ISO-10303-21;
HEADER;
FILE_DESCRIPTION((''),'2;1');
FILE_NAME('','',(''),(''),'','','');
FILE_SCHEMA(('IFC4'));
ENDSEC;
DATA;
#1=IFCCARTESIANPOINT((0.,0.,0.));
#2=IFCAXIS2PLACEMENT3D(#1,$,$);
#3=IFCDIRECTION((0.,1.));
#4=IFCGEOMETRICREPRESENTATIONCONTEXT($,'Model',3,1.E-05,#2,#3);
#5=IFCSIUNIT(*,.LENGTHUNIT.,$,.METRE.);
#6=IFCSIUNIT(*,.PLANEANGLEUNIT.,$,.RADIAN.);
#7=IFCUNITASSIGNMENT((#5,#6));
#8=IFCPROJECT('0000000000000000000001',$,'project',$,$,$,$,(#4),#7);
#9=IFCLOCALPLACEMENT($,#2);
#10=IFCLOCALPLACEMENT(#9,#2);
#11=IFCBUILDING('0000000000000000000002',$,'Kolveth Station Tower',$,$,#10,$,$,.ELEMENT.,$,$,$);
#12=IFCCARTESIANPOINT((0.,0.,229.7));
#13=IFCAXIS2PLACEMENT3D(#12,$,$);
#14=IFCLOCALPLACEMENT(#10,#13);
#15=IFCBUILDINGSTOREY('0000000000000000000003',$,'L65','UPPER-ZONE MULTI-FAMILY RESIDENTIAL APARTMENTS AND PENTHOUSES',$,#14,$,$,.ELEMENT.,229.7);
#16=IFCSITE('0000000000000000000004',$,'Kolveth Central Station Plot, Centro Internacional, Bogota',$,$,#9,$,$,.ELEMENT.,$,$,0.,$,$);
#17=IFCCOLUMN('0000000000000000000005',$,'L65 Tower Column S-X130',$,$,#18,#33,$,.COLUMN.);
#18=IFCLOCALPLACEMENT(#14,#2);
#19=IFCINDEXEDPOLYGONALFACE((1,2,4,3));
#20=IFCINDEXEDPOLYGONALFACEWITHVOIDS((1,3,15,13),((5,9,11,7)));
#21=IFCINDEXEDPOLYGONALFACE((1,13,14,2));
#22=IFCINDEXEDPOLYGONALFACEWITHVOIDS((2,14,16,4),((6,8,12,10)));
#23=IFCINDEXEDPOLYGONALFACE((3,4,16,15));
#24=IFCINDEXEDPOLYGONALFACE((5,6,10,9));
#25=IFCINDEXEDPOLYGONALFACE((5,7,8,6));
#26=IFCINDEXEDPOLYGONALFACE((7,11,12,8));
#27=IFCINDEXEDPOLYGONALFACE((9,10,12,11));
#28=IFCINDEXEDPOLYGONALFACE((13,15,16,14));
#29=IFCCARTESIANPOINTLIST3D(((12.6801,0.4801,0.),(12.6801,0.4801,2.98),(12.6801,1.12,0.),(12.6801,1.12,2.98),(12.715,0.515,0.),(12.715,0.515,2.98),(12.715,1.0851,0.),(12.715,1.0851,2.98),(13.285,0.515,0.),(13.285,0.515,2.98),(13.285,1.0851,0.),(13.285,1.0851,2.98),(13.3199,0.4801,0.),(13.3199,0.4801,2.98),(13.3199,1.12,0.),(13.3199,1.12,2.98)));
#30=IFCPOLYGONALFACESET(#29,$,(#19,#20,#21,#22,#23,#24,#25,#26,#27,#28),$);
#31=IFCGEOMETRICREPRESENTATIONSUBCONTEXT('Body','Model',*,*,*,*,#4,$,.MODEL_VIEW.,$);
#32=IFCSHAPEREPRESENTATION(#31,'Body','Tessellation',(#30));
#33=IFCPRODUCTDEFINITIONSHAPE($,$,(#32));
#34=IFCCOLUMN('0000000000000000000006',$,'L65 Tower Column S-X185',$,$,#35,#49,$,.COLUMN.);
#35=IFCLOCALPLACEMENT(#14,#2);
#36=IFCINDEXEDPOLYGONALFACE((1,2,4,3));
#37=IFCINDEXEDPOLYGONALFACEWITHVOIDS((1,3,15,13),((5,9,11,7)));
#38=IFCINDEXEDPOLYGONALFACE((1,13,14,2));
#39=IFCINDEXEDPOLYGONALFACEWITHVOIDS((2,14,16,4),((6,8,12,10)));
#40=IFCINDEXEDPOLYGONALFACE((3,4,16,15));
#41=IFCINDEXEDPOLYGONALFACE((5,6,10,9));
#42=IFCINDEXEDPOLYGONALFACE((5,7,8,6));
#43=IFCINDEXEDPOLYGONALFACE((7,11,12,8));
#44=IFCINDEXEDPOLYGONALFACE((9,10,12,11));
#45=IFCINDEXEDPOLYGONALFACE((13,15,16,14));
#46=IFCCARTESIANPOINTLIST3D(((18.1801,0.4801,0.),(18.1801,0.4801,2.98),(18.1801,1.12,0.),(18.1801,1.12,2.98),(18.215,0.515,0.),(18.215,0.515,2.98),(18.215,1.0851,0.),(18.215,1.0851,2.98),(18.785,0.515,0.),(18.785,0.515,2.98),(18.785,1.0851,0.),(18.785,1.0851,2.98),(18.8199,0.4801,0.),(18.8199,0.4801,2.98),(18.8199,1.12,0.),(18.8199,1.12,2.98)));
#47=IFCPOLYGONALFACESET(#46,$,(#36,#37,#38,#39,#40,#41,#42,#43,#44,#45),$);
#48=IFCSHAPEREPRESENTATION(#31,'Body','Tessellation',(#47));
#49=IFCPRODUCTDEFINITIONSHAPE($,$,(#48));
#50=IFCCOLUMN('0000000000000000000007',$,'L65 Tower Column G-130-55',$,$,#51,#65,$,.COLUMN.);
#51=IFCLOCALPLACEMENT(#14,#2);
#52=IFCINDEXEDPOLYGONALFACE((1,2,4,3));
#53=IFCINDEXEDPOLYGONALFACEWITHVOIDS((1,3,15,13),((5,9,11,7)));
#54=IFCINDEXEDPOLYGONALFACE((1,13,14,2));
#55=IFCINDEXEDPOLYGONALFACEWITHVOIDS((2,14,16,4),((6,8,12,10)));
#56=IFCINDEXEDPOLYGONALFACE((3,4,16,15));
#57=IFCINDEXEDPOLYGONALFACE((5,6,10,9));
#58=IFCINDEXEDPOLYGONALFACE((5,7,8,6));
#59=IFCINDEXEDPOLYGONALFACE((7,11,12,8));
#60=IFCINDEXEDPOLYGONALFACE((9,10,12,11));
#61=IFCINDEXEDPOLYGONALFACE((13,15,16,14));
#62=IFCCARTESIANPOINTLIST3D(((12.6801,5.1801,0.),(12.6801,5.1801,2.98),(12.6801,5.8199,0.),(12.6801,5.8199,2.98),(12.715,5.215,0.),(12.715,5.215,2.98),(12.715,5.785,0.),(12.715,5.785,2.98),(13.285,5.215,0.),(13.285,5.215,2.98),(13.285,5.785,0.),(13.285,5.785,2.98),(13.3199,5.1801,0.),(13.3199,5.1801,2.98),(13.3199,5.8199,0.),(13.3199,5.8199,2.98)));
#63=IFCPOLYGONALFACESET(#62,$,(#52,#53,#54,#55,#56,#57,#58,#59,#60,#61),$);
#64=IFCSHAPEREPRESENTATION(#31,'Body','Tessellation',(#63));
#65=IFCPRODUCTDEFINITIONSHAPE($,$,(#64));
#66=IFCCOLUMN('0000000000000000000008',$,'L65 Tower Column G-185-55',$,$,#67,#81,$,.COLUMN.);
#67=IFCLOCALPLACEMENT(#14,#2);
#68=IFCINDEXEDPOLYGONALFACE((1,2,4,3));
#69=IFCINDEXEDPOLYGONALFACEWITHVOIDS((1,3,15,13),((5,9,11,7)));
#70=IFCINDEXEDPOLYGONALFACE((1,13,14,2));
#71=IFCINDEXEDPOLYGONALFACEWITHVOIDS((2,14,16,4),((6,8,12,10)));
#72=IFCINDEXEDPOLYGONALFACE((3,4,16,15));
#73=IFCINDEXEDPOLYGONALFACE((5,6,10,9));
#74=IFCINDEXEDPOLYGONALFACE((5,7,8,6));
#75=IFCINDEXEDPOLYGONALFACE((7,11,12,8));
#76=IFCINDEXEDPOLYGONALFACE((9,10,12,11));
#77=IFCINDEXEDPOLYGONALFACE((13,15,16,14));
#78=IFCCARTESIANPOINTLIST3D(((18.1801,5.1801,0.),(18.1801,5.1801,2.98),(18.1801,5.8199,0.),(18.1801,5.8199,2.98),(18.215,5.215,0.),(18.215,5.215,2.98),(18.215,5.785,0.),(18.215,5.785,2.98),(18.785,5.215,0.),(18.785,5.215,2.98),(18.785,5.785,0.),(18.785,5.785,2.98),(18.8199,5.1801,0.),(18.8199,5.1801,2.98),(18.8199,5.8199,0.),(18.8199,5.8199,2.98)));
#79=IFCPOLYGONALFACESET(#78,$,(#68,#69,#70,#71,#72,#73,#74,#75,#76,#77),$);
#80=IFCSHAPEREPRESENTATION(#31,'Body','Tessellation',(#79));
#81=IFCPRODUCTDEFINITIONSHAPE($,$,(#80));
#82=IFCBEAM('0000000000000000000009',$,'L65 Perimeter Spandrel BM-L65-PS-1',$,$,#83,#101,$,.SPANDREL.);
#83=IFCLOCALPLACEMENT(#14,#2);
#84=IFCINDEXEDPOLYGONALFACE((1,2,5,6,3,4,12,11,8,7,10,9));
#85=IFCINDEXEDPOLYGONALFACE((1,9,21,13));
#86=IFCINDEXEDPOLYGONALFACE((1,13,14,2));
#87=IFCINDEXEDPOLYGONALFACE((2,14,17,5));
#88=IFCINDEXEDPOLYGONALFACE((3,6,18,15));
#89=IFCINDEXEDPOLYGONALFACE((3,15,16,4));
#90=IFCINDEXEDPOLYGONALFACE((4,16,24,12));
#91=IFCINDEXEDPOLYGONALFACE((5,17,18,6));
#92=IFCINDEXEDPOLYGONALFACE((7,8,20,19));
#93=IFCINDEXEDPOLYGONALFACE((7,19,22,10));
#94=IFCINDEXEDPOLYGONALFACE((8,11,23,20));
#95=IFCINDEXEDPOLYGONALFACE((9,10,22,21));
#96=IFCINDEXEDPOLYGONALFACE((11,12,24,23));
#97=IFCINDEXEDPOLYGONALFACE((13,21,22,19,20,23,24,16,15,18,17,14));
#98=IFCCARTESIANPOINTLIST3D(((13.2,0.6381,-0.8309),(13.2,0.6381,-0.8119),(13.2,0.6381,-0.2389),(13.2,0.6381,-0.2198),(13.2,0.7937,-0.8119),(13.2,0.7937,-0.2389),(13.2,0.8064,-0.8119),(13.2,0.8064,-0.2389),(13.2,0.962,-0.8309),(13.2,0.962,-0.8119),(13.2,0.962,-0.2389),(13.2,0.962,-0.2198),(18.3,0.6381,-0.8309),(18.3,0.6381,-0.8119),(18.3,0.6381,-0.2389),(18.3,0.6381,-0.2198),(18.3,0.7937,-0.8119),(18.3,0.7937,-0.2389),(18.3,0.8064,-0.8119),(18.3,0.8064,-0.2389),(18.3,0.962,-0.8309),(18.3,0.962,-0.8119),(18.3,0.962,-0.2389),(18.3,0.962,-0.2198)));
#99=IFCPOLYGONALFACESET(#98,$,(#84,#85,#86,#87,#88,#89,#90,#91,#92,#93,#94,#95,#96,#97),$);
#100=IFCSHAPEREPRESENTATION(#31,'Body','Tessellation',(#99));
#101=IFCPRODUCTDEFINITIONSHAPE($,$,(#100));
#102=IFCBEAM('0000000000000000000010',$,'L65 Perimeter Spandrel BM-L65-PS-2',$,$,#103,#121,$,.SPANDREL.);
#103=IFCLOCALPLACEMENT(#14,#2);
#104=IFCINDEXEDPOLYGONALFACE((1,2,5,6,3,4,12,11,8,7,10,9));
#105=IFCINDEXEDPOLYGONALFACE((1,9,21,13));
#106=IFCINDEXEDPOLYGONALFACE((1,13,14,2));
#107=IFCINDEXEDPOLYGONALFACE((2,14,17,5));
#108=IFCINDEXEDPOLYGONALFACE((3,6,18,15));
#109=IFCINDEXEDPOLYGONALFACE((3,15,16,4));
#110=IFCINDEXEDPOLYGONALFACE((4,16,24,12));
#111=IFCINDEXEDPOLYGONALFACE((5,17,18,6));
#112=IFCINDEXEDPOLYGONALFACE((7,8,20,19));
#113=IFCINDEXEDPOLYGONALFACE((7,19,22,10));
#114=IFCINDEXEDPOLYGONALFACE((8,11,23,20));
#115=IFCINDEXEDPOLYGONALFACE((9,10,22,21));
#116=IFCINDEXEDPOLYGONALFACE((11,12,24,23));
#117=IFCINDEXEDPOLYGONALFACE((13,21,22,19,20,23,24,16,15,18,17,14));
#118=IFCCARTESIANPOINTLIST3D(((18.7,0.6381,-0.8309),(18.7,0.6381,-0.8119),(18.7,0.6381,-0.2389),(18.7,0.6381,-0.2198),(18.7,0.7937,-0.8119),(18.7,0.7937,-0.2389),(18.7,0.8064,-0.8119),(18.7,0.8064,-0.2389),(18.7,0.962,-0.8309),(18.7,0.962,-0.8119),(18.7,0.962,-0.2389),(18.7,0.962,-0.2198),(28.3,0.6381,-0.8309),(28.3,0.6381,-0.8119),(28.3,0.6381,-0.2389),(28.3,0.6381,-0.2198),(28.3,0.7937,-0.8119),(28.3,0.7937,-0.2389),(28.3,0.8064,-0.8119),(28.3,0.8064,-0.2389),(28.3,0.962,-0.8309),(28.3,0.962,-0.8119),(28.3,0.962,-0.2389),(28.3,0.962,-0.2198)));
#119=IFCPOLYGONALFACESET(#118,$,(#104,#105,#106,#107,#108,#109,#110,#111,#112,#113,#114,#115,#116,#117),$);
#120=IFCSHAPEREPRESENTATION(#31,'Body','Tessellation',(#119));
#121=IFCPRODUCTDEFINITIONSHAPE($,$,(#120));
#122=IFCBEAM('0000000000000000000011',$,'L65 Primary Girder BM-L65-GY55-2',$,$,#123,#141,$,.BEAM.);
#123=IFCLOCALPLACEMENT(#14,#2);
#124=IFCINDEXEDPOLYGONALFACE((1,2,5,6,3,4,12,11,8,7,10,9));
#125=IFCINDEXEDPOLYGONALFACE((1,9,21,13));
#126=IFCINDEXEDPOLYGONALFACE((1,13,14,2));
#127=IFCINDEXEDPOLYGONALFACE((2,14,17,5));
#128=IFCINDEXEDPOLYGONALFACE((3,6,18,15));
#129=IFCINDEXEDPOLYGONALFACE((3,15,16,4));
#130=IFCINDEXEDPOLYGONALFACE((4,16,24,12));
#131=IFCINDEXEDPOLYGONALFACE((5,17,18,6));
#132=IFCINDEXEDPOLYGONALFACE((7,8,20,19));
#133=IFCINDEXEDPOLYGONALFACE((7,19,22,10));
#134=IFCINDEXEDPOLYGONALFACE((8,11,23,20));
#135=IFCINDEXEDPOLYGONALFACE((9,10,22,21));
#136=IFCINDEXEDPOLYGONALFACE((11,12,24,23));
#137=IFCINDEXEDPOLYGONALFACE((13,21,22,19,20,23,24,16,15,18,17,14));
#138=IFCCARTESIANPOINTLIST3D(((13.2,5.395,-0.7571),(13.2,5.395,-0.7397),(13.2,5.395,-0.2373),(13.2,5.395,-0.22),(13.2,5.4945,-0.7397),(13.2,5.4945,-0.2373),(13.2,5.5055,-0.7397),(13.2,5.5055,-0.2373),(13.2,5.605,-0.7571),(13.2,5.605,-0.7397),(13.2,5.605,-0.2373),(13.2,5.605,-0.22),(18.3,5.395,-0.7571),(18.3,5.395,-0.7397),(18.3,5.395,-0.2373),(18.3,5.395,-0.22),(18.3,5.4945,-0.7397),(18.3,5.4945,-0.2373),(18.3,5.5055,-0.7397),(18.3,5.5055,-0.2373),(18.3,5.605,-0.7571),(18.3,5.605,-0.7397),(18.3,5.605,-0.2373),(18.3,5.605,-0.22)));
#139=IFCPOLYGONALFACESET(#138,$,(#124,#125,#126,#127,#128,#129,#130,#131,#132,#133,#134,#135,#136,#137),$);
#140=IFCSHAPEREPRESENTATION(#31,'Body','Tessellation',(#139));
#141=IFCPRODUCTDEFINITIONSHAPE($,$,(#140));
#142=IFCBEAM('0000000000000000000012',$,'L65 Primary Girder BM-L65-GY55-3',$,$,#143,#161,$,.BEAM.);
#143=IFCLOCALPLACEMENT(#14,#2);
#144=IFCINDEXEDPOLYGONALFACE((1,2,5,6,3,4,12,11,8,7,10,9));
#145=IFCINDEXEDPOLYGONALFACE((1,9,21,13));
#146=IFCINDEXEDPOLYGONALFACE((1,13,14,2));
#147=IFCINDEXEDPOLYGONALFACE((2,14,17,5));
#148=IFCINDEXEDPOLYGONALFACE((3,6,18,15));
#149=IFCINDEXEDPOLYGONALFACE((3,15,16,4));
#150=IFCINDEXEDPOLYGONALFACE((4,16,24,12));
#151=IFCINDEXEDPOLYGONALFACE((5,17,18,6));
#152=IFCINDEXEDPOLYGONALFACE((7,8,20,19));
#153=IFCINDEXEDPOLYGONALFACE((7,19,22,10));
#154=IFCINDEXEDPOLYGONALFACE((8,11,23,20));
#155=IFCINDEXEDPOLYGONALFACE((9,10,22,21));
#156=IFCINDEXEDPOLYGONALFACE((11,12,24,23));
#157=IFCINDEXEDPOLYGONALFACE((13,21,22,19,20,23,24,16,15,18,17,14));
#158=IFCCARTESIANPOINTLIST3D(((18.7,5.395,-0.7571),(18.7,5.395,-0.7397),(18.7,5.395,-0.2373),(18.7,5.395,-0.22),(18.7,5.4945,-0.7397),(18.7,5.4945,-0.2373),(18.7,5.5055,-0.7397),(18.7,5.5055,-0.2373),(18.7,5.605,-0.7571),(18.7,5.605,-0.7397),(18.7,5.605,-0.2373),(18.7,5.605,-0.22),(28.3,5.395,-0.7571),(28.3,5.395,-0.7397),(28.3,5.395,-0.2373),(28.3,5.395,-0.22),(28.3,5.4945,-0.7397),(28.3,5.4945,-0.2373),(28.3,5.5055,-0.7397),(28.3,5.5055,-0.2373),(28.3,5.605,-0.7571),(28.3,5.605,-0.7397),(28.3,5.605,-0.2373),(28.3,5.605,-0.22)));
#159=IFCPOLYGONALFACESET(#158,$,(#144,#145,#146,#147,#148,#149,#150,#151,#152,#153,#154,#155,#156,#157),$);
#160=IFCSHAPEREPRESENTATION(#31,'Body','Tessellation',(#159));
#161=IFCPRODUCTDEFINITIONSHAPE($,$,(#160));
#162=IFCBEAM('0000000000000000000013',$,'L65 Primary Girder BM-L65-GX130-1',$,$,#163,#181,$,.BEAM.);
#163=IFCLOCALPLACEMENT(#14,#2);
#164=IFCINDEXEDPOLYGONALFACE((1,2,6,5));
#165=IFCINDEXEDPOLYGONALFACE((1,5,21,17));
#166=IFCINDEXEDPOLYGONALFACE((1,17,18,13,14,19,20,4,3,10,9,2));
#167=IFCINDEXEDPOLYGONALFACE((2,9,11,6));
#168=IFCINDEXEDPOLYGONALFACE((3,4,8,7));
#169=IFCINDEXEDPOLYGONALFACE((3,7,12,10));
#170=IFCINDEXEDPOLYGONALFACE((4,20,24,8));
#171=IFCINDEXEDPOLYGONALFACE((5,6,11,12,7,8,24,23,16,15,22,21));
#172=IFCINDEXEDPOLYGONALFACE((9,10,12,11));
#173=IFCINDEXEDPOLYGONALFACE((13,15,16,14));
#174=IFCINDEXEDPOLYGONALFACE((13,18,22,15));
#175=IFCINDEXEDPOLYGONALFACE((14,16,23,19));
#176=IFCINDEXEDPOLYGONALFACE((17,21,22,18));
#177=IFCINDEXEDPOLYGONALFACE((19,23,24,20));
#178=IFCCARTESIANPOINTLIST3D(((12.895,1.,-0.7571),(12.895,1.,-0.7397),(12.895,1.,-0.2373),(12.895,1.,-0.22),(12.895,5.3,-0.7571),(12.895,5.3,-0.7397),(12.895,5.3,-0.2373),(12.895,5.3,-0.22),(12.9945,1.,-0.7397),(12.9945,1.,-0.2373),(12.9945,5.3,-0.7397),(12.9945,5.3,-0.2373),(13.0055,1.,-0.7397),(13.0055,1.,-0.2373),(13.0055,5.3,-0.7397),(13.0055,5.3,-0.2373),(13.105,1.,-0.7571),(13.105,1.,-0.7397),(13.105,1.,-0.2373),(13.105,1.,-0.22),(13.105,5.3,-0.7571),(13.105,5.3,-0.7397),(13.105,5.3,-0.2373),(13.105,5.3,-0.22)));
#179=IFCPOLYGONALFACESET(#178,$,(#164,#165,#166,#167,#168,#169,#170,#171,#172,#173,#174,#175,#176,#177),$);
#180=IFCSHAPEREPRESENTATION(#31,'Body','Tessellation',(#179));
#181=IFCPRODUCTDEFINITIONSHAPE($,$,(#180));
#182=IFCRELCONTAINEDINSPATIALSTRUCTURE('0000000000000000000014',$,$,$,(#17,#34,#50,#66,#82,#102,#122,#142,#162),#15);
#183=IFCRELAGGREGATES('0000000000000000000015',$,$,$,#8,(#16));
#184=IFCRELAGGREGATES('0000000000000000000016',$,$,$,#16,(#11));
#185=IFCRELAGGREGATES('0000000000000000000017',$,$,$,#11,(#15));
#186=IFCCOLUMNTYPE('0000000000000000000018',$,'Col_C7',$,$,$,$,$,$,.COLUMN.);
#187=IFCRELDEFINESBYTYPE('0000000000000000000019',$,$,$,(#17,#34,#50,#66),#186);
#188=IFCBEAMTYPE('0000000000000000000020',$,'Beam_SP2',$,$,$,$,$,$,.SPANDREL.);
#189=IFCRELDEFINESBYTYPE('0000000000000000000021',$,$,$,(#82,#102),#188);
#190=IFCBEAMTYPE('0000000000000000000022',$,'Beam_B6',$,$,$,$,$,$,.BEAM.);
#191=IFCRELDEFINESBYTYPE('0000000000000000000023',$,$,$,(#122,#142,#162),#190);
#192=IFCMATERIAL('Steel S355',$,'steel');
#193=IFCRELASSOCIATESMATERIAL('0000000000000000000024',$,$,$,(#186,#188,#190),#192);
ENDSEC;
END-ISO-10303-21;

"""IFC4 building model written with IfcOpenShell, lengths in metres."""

from ifc_helpers import new_model, si_unit, direction, frame, origin, origin_2d, place, context, subcontext, project, spatial, hollow_rectangle, i_section, extrude, source, transform, mapped, material, material_profile, profile_set, type_object, element, save


model = new_model("IFC4")

# Units and contexts
model_context = context("Model", 3, precision=1e-05, world=origin(), true_north=direction((0.0, 1.0)))
body_context = subcontext(model_context, "Body", "Model", "MODEL_VIEW")
ifc_project = project(units=[si_unit("LENGTHUNIT", "METRE"), si_unit("PLANEANGLEUNIT", "RADIAN")], contexts=[model_context])

# Site, building, storey
site_placement = place(None, origin())
site = spatial("IfcSite", under=ifc_project, at=site_placement, Name="Kolveth Central Station Plot, Centro Internacional, Bogota", CompositionType="ELEMENT", RefElevation=0.0)
building_placement = place(site_placement, origin())
building = spatial("IfcBuilding", under=site, at=building_placement, Name="Kolveth Station Tower", CompositionType="ELEMENT")
storey_placement = place(building_placement, frame((0.0, 0.0, 229.7)))
storey = spatial("IfcBuildingStorey", under=building, at=storey_placement, Name="L65", Description="UPPER-ZONE MULTI-FAMILY RESIDENTIAL APARTMENTS AND PENTHOUSES", CompositionType="ELEMENT", Elevation=229.7)

# Columns
ifc_material_1 = material(Name="Steel S355", Category="steel")
ifc_material_profile_1 = material_profile(ifc_material_1, hollow_rectangle(XDim=0.6399, YDim=0.6399, WallThickness=0.0349, at=origin_2d()), Name="BOX640x640x35")
ifc_profile_set_1 = profile_set([ifc_material_profile_1], Name="Steel S355")
column_type = type_object("IfcColumnType", Name="Col_C7", PredefinedType="COLUMN", material=ifc_profile_set_1)
shared_shape_1 = source(origin(), body_context, "Body", "SweptSolid", [
    extrude(hollow_rectangle(XDim=0.6399, YDim=0.6399, WallThickness=0.0349, at=origin_2d()), origin(), (0.0, 0.0, 1.0), 2.98),
])
for number, where, z_axis, x_axis, name in (
    (1, (13.0, 0.8, 0.0), (0.0, 0.0, 1.0), (1.0, 0.0, 0.0), "L65 Tower Column S-X130"),
    (2, (18.5, 0.8, 0.0), (0.0, 0.0, 1.0), (1.0, 0.0, 0.0), "L65 Tower Column S-X185"),
    (3, (13.0, 5.5, 0.0), (0.0, 0.0, 1.0), (1.0, 0.0, 0.0), "L65 Tower Column G-130-55"),
    (4, (18.5, 5.5, 0.0), (0.0, 0.0, 1.0), (1.0, 0.0, 0.0), "L65 Tower Column G-185-55"),
):
    element("IfcColumn", number, at=place(storey_placement, frame(where, z_axis=z_axis, x_axis=x_axis)), inside=storey, type_object=column_type, Name=name, PredefinedType="COLUMN", context=body_context, shape_type="MappedRepresentation", body=[
        mapped(shared_shape_1, transform((0.0, 0.0, 0.0), x_axis=(1.0, 0.0, 0.0), y_axis=(0.0, 1.0, 0.0), z_axis=(0.0, 0.0, 1.0), scale=1.0)),
    ])

# Beams
ifc_material_profile_2 = material_profile(ifc_material_1, i_section(OverallWidth=0.324, OverallDepth=0.6111, WebThickness=0.0127, FlangeThickness=0.019, at=origin_2d()), Name="W610x155")
ifc_profile_set_2 = profile_set([ifc_material_profile_2], Name="Steel S355")
beam_type_1 = type_object("IfcBeamType", Name="Beam_SP2", PredefinedType="SPANDREL", material=ifc_profile_set_2)
shared_shape_2 = source(origin(), body_context, "Body", "SweptSolid", [
    extrude(i_section(OverallWidth=0.324, OverallDepth=0.6111, WebThickness=0.0127, FlangeThickness=0.019, at=origin_2d()), origin(), (0.0, 0.0, 1.0), 5.1001),
])
beam_1_placement = place(storey_placement, frame((13.2, 0.8, -0.5254), z_axis=(1.0, 0.0, 0.0), x_axis=(0.0, 1.0, 0.0)))
element("IfcBeam", 5, at=beam_1_placement, inside=storey, type_object=beam_type_1, Name="L65 Perimeter Spandrel BM-L65-PS-1", PredefinedType="SPANDREL", context=body_context, shape_type="MappedRepresentation", body=[
    mapped(shared_shape_2, transform((0.0, 0.0, 0.0), x_axis=(1.0, 0.0, 0.0), y_axis=(0.0, 1.0, 0.0), z_axis=(0.0, 0.0, 1.0), scale=1.0)),
])
shared_shape_3 = source(origin(), body_context, "Body", "SweptSolid", [
    extrude(i_section(OverallWidth=0.324, OverallDepth=0.6111, WebThickness=0.0127, FlangeThickness=0.019, at=origin_2d()), origin(), (0.0, 0.0, 1.0), 9.6001),
])
beam_2_placement = place(storey_placement, frame((18.7, 0.8, -0.5254), z_axis=(1.0, 0.0, 0.0), x_axis=(0.0, 1.0, 0.0)))
element("IfcBeam", 6, at=beam_2_placement, inside=storey, type_object=beam_type_1, Name="L65 Perimeter Spandrel BM-L65-PS-2", PredefinedType="SPANDREL", context=body_context, shape_type="MappedRepresentation", body=[
    mapped(shared_shape_3, transform((0.0, 0.0, 0.0), x_axis=(1.0, 0.0, 0.0), y_axis=(0.0, 1.0, 0.0), z_axis=(0.0, 0.0, 1.0), scale=1.0)),
])
ifc_material_profile_3 = material_profile(ifc_material_1, i_section(OverallWidth=0.21, OverallDepth=0.5371, WebThickness=0.011, FlangeThickness=0.0173, at=origin_2d()), Name="W530x101")
ifc_profile_set_3 = profile_set([ifc_material_profile_3], Name="Steel S355")
beam_type_2 = type_object("IfcBeamType", Name="Beam_B6", PredefinedType="BEAM", material=ifc_profile_set_3)
shared_shape_4 = source(origin(), body_context, "Body", "SweptSolid", [
    extrude(i_section(OverallWidth=0.21, OverallDepth=0.5371, WebThickness=0.011, FlangeThickness=0.0173, at=origin_2d()), origin(), (0.0, 0.0, 1.0), 5.1001),
])
beam_3_placement = place(storey_placement, frame((13.2, 5.5, -0.4885), z_axis=(1.0, 0.0, 0.0), x_axis=(0.0, 1.0, 0.0)))
element("IfcBeam", 7, at=beam_3_placement, inside=storey, type_object=beam_type_2, Name="L65 Primary Girder BM-L65-GY55-2", PredefinedType="BEAM", context=body_context, shape_type="MappedRepresentation", body=[
    mapped(shared_shape_4, transform((0.0, 0.0, 0.0), x_axis=(1.0, 0.0, 0.0), y_axis=(0.0, 1.0, 0.0), z_axis=(0.0, 0.0, 1.0), scale=1.0)),
])
shared_shape_5 = source(origin(), body_context, "Body", "SweptSolid", [
    extrude(i_section(OverallWidth=0.21, OverallDepth=0.5371, WebThickness=0.011, FlangeThickness=0.0173, at=origin_2d()), origin(), (0.0, 0.0, 1.0), 9.6001),
])
beam_4_placement = place(storey_placement, frame((18.7, 5.5, -0.4885), z_axis=(1.0, 0.0, 0.0), x_axis=(0.0, 1.0, 0.0)))
element("IfcBeam", 8, at=beam_4_placement, inside=storey, type_object=beam_type_2, Name="L65 Primary Girder BM-L65-GY55-3", PredefinedType="BEAM", context=body_context, shape_type="MappedRepresentation", body=[
    mapped(shared_shape_5, transform((0.0, 0.0, 0.0), x_axis=(1.0, 0.0, 0.0), y_axis=(0.0, 1.0, 0.0), z_axis=(0.0, 0.0, 1.0), scale=1.0)),
])
shared_shape_6 = source(origin(), body_context, "Body", "SweptSolid", [
    extrude(i_section(OverallWidth=0.21, OverallDepth=0.5371, WebThickness=0.011, FlangeThickness=0.0173, at=origin_2d()), origin(), (0.0, 0.0, 1.0), 4.3),
])
for number, where, z_axis, x_axis, name in (
    (9, (13.0, 1.0, -0.4885), (0.0, 1.0, 0.0), (-1.0, 0.0, 0.0), "L65 Primary Girder BM-L65-GX130-1"),
):
    element("IfcBeam", number, at=place(storey_placement, frame(where, z_axis=z_axis, x_axis=x_axis)), inside=storey, type_object=beam_type_2, Name=name, PredefinedType="BEAM", context=body_context, shape_type="MappedRepresentation", body=[
        mapped(shared_shape_6, transform((0.0, 0.0, 0.0), x_axis=(1.0, 0.0, 0.0), y_axis=(0.0, 1.0, 0.0), z_axis=(0.0, 0.0, 1.0), scale=1.0)),
    ])

save(model, "model.ifc")
